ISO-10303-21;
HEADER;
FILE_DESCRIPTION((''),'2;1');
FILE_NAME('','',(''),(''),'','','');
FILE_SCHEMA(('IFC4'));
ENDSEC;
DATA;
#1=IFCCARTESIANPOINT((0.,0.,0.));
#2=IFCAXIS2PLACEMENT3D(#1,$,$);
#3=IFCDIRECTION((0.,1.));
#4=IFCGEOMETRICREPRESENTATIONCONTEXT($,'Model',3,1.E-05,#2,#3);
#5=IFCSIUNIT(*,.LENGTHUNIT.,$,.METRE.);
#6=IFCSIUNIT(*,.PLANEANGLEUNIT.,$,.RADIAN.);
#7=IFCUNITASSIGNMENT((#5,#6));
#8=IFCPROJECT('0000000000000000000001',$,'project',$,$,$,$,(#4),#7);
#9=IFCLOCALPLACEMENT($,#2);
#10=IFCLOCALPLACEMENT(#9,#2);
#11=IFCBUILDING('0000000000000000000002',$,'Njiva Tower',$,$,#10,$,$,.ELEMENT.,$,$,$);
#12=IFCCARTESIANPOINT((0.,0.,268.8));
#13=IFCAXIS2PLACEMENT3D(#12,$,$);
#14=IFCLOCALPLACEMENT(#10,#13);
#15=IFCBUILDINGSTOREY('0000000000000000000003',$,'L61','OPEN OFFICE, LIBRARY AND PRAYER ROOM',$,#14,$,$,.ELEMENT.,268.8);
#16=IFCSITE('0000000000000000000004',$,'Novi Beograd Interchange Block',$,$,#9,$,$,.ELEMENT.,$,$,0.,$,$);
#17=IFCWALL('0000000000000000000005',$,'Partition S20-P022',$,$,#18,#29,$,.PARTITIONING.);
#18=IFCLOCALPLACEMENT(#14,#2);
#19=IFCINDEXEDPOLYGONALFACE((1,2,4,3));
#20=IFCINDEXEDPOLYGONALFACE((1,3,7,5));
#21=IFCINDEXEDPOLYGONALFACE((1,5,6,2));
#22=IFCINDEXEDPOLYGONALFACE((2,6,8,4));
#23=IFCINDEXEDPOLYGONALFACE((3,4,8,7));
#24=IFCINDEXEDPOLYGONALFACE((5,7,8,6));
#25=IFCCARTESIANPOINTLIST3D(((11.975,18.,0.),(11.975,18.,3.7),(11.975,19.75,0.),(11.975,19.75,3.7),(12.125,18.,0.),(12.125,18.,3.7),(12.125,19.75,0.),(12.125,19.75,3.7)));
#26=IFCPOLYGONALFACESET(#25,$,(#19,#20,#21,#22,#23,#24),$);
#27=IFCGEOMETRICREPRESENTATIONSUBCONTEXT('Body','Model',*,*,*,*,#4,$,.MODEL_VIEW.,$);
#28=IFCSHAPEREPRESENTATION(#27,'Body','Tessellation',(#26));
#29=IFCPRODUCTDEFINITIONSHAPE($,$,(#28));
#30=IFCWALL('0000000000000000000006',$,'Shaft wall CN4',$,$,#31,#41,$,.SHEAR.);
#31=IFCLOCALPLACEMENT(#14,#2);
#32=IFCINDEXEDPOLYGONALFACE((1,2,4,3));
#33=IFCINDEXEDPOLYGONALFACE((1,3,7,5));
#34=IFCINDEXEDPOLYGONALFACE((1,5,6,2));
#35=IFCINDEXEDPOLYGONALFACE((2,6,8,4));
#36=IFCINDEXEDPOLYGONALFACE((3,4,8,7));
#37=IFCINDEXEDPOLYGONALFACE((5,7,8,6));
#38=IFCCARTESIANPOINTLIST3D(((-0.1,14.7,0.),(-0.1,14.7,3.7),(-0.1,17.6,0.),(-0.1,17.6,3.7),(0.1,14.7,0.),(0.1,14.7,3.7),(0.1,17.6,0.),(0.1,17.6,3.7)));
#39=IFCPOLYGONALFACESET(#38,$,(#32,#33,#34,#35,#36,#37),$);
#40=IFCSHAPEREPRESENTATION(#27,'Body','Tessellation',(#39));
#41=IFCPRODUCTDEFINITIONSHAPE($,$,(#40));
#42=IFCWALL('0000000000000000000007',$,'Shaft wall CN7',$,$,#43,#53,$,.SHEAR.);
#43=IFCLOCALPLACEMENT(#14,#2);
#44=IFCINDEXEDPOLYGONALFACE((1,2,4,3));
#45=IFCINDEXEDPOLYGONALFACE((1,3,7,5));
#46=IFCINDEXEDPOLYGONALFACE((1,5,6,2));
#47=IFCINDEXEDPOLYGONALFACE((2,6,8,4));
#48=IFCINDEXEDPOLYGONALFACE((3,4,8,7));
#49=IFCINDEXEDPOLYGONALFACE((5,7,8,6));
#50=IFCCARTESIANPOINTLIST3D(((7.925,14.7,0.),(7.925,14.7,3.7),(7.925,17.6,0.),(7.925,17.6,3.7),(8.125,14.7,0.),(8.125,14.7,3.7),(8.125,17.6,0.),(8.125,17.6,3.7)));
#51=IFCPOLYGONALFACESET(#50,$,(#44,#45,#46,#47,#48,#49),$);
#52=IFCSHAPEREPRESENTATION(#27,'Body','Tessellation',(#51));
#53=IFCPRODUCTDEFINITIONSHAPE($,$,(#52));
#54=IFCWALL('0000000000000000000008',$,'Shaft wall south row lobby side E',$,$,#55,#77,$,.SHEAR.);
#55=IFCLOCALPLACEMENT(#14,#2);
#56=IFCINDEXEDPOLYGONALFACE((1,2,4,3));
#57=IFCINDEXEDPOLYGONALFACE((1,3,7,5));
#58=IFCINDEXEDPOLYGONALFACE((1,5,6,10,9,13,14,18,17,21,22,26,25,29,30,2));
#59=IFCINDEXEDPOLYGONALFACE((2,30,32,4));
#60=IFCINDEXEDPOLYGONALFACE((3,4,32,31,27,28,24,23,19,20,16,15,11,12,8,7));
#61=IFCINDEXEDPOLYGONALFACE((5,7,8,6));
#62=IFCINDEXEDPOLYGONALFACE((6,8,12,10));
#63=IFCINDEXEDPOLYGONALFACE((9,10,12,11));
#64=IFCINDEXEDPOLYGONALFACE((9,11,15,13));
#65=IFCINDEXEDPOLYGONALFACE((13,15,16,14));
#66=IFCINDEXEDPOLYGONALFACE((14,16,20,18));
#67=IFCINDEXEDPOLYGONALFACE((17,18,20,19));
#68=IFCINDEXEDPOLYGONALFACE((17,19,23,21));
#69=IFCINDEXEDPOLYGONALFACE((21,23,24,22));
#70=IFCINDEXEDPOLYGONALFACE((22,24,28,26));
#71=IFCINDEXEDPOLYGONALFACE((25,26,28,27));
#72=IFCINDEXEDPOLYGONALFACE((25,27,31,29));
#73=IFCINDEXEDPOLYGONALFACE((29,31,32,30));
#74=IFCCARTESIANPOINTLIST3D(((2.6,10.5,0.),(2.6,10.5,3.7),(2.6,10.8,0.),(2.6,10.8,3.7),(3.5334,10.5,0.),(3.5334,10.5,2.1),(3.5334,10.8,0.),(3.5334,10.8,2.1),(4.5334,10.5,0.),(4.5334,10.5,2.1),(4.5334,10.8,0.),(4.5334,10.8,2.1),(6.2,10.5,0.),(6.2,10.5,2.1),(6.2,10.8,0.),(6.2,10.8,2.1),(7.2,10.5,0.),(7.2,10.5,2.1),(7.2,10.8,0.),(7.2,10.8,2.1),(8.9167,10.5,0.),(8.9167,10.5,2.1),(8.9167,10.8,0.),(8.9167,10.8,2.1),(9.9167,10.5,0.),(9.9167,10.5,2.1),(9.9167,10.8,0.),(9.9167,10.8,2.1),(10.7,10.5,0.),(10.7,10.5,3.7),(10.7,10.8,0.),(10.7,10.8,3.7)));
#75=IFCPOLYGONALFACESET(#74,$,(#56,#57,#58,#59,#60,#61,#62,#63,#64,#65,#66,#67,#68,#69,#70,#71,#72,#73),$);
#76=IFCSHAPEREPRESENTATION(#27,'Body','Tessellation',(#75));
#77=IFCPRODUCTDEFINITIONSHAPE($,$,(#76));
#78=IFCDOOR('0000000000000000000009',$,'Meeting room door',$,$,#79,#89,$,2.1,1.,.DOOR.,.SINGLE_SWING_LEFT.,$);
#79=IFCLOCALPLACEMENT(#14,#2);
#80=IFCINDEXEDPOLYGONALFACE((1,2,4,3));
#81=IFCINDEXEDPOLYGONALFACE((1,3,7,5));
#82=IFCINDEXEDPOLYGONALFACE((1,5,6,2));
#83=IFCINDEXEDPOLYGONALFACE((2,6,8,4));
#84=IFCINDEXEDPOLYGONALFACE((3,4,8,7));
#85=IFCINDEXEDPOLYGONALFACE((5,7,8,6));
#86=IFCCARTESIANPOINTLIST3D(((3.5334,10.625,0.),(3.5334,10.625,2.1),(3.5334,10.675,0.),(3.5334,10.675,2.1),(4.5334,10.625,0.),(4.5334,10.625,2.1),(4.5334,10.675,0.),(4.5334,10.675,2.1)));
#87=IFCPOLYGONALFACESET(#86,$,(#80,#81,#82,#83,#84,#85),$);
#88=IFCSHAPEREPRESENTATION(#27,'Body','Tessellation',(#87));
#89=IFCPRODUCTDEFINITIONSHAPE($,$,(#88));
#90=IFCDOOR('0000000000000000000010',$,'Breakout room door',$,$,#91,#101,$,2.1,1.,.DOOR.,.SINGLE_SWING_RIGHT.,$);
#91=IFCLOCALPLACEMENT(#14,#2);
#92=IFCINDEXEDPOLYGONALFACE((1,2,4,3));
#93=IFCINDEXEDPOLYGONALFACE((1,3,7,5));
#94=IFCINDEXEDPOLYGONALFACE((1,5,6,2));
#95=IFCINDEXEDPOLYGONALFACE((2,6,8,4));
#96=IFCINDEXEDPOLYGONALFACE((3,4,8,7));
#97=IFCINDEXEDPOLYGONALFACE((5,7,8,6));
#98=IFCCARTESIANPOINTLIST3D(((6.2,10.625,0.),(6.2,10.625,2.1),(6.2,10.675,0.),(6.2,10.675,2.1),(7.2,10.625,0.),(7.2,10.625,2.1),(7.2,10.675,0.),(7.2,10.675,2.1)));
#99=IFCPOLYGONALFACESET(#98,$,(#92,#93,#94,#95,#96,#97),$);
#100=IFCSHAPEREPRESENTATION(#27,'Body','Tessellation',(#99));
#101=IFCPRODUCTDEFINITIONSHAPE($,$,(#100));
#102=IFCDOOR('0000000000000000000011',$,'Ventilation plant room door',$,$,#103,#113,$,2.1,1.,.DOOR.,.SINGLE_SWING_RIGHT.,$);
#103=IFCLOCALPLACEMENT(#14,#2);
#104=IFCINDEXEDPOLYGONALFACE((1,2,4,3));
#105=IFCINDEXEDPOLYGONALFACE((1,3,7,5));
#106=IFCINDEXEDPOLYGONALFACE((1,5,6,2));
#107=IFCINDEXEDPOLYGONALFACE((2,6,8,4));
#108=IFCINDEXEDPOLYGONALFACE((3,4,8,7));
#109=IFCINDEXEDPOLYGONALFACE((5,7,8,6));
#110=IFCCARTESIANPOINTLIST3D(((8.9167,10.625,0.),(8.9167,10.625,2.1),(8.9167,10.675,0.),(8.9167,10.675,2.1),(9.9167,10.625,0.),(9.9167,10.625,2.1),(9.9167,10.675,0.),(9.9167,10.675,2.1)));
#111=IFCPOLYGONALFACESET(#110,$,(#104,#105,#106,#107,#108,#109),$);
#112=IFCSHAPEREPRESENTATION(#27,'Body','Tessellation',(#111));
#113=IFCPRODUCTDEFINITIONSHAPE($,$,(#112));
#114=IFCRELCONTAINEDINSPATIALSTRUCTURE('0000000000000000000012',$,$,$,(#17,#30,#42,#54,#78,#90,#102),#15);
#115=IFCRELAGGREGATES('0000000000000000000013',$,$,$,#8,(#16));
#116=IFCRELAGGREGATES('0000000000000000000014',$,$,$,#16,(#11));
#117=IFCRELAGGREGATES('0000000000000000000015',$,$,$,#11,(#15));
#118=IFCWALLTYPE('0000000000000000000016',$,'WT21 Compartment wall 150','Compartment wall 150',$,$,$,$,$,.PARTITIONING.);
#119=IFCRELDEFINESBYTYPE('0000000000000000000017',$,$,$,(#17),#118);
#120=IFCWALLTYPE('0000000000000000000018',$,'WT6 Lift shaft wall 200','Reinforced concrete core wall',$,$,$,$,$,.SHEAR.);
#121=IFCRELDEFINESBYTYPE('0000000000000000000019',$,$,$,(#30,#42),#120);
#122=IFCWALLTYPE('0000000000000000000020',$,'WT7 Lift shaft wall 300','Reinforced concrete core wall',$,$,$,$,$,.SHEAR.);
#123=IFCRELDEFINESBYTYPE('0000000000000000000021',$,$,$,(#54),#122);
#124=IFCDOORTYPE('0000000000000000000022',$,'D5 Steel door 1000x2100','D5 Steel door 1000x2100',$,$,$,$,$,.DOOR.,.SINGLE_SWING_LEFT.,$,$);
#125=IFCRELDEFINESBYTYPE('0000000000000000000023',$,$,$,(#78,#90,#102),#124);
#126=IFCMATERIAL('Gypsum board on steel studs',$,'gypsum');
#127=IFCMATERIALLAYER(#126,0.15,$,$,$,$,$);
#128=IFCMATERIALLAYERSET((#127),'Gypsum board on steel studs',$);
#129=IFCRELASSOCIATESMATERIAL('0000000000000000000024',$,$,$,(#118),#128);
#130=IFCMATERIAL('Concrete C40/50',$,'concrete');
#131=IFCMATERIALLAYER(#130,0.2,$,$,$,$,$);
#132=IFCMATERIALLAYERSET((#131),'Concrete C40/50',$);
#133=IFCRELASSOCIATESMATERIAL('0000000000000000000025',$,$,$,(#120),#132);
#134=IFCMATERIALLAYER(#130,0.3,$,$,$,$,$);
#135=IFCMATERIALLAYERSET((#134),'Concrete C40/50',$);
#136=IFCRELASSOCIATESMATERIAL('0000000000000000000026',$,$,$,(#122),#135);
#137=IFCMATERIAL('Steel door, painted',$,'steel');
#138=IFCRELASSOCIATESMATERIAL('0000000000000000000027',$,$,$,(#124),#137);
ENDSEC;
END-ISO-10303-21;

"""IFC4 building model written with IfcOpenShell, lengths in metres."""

from ifc_helpers import new_model, si_unit, direction, frame, frame_2d, origin, place, context, subcontext, project, spatial, rectangle, extrude, material, layer, layer_set, type_object, element, fill, save


model = new_model("IFC4")

# Units and contexts
model_context = context("Model", 3, precision=1e-05, world=origin(), true_north=direction((0.0, 1.0)))
body_context = subcontext(model_context, "Body", "Model", "MODEL_VIEW")
ifc_project = project(units=[si_unit("LENGTHUNIT", "METRE"), si_unit("PLANEANGLEUNIT", "RADIAN")], contexts=[model_context])

# Site, building, storey
site_placement = place(None, origin())
site = spatial("IfcSite", under=ifc_project, at=site_placement, Name="Novi Beograd Interchange Block", CompositionType="ELEMENT", RefElevation=0.0)
building_placement = place(site_placement, origin())
building = spatial("IfcBuilding", under=site, at=building_placement, Name="Njiva Tower", CompositionType="ELEMENT")
storey_placement = place(building_placement, frame((0.0, 0.0, 268.8)))
storey = spatial("IfcBuildingStorey", under=building, at=storey_placement, Name="L61", Description="OPEN OFFICE, LIBRARY AND PRAYER ROOM", CompositionType="ELEMENT", Elevation=268.8)

# Shared definitions
ifc_material_1 = material(Name="Concrete C40/50", Category="concrete")

# Walls
ifc_material_2 = material(Name="Gypsum board on steel studs", Category="gypsum")
ifc_layer_1 = layer(ifc_material_2, 0.15)
ifc_layer_set_1 = layer_set([ifc_layer_1], Name="Gypsum board on steel studs")
wall_type_1 = type_object("IfcWallType", Name="WT21 Compartment wall 150", Description="Compartment wall 150", PredefinedType="PARTITIONING", material=ifc_layer_set_1)
wall_1_placement = place(storey_placement, frame((12.05, 18.0, 0.0), z_axis=(0.0, 0.0, 1.0), x_axis=(0.0, 1.0, 0.0)))
element("IfcWall", 1, at=wall_1_placement, inside=storey, type_object=wall_type_1, Name="Partition S20-P022", PredefinedType="PARTITIONING", context=body_context, shape_type="SweptSolid", body=[
    extrude(rectangle(XDim=1.75, YDim=0.15, at=frame_2d((0.875, 0.0))), origin(), (0.0, 0.0, 1.0), 3.7),
])
ifc_layer_2 = layer(ifc_material_1, 0.2)
ifc_layer_set_2 = layer_set([ifc_layer_2], Name="Concrete C40/50")
wall_type_2 = type_object("IfcWallType", Name="WT6 Lift shaft wall 200", Description="Reinforced concrete core wall", PredefinedType="SHEAR", material=ifc_layer_set_2)
for number, where, z_axis, x_axis, name in (
    (2, (0.0, 14.7, 0.0), (0.0, 0.0, 1.0), (0.0, 1.0, 0.0), "Shaft wall CN4"),
    (3, (8.025, 14.7, 0.0), (0.0, 0.0, 1.0), (0.0, 1.0, 0.0), "Shaft wall CN7"),
):
    element("IfcWall", number, at=place(storey_placement, frame(where, z_axis=z_axis, x_axis=x_axis)), inside=storey, type_object=wall_type_2, Name=name, PredefinedType="SHEAR", context=body_context, shape_type="SweptSolid", body=[
        extrude(rectangle(XDim=2.9, YDim=0.2, at=frame_2d((1.45, 0.0))), origin(), (0.0, 0.0, 1.0), 3.7),
    ])

# Wall, openings, doors
ifc_layer_3 = layer(ifc_material_1, 0.3)
ifc_layer_set_3 = layer_set([ifc_layer_3], Name="Concrete C40/50")
wall_type_3 = type_object("IfcWallType", Name="WT7 Lift shaft wall 300", Description="Reinforced concrete core wall", PredefinedType="SHEAR", material=ifc_layer_set_3)
wall_2_placement = place(storey_placement, frame((2.6, 10.65, 0.0), z_axis=(0.0, 0.0, 1.0), x_axis=(1.0, 0.0, 0.0)))
wall_2 = element("IfcWall", 4, at=wall_2_placement, inside=storey, type_object=wall_type_3, Name="Shaft wall south row lobby side E", PredefinedType="SHEAR", context=body_context, shape_type="SweptSolid", body=[
    extrude(rectangle(XDim=8.1, YDim=0.3, at=frame_2d((4.05, 0.0))), origin(), (0.0, 0.0, 1.0), 3.7),
])
opening_1_placement = place(wall_2_placement, frame((0.9334, 0.0, 0.0)))
opening_1 = element("IfcOpeningElement", 5, at=opening_1_placement, cuts=wall_2, PredefinedType="OPENING", context=body_context, shape_type="SweptSolid", body=[
    extrude(rectangle(XDim=1.0, YDim=2.1, at=frame_2d((0.5, 1.05))), frame((0.0, 0.16, 0.0), z_axis=(0.0, -1.0, 0.0), x_axis=(1.0, 0.0, 0.0)), (0.0, 0.0, 1.0), 0.32),
])
opening_2_placement = place(wall_2_placement, frame((3.6, 0.0, 0.0)))
opening_2 = element("IfcOpeningElement", 6, at=opening_2_placement, cuts=wall_2, PredefinedType="OPENING", context=body_context, shape_type="SweptSolid", body=[
    extrude(rectangle(XDim=1.0, YDim=2.1, at=frame_2d((0.5, 1.05))), frame((0.0, 0.16, 0.0), z_axis=(0.0, -1.0, 0.0), x_axis=(1.0, 0.0, 0.0)), (0.0, 0.0, 1.0), 0.32),
])
opening_3_placement = place(wall_2_placement, frame((6.3167, 0.0, 0.0)))
opening_3 = element("IfcOpeningElement", 7, at=opening_3_placement, cuts=wall_2, PredefinedType="OPENING", context=body_context, shape_type="SweptSolid", body=[
    extrude(rectangle(XDim=1.0, YDim=2.1, at=frame_2d((0.5, 1.05))), frame((0.0, 0.16, 0.0), z_axis=(0.0, -1.0, 0.0), x_axis=(1.0, 0.0, 0.0)), (0.0, 0.0, 1.0), 0.32),
])
ifc_material_3 = material(Name="Steel door, painted", Category="steel")
door_type_1 = type_object("IfcDoorType", Name="D5 Steel door 1000x2100", Description="D5 Steel door 1000x2100", OperationType="SINGLE_SWING_LEFT", PredefinedType="DOOR", material=ifc_material_3)
door_1_placement = place(opening_1_placement, origin())
door_1 = element("IfcDoor", 8, at=door_1_placement, inside=storey, type_object=door_type_1, Name="Meeting room door", OperationType="SINGLE_SWING_LEFT", OverallHeight=2.1, OverallWidth=1.0, PredefinedType="DOOR", context=body_context, shape_type="SweptSolid", body=[
    extrude(rectangle(XDim=1.0, YDim=2.1, at=frame_2d((0.5, 1.05))), frame((0.0, 0.025, 0.0), z_axis=(0.0, -1.0, 0.0), x_axis=(1.0, 0.0, 0.0)), (0.0, 0.0, 1.0), 0.05),
])
fill(opening_1, door_1)
door_2_placement = place(opening_2_placement, origin())
door_2 = element("IfcDoor", 9, at=door_2_placement, inside=storey, type_object=door_type_1, Name="Breakout room door", OperationType="SINGLE_SWING_RIGHT", OverallHeight=2.1, OverallWidth=1.0, PredefinedType="DOOR", context=body_context, shape_type="SweptSolid", body=[
    extrude(rectangle(XDim=1.0, YDim=2.1, at=frame_2d((0.5, 1.05))), frame((0.0, 0.025, 0.0), z_axis=(0.0, -1.0, 0.0), x_axis=(1.0, 0.0, 0.0)), (0.0, 0.0, 1.0), 0.05),
])
fill(opening_2, door_2)
door_3_placement = place(opening_3_placement, origin())
door_3 = element("IfcDoor", 10, at=door_3_placement, inside=storey, type_object=door_type_1, Name="Ventilation plant room door", OperationType="SINGLE_SWING_RIGHT", OverallHeight=2.1, OverallWidth=1.0, PredefinedType="DOOR", context=body_context, shape_type="SweptSolid", body=[
    extrude(rectangle(XDim=1.0, YDim=2.1, at=frame_2d((0.5, 1.05))), frame((0.0, 0.025, 0.0), z_axis=(0.0, -1.0, 0.0), x_axis=(1.0, 0.0, 0.0)), (0.0, 0.0, 1.0), 0.05),
])
fill(opening_3, door_3)

save(model, "model.ifc")
